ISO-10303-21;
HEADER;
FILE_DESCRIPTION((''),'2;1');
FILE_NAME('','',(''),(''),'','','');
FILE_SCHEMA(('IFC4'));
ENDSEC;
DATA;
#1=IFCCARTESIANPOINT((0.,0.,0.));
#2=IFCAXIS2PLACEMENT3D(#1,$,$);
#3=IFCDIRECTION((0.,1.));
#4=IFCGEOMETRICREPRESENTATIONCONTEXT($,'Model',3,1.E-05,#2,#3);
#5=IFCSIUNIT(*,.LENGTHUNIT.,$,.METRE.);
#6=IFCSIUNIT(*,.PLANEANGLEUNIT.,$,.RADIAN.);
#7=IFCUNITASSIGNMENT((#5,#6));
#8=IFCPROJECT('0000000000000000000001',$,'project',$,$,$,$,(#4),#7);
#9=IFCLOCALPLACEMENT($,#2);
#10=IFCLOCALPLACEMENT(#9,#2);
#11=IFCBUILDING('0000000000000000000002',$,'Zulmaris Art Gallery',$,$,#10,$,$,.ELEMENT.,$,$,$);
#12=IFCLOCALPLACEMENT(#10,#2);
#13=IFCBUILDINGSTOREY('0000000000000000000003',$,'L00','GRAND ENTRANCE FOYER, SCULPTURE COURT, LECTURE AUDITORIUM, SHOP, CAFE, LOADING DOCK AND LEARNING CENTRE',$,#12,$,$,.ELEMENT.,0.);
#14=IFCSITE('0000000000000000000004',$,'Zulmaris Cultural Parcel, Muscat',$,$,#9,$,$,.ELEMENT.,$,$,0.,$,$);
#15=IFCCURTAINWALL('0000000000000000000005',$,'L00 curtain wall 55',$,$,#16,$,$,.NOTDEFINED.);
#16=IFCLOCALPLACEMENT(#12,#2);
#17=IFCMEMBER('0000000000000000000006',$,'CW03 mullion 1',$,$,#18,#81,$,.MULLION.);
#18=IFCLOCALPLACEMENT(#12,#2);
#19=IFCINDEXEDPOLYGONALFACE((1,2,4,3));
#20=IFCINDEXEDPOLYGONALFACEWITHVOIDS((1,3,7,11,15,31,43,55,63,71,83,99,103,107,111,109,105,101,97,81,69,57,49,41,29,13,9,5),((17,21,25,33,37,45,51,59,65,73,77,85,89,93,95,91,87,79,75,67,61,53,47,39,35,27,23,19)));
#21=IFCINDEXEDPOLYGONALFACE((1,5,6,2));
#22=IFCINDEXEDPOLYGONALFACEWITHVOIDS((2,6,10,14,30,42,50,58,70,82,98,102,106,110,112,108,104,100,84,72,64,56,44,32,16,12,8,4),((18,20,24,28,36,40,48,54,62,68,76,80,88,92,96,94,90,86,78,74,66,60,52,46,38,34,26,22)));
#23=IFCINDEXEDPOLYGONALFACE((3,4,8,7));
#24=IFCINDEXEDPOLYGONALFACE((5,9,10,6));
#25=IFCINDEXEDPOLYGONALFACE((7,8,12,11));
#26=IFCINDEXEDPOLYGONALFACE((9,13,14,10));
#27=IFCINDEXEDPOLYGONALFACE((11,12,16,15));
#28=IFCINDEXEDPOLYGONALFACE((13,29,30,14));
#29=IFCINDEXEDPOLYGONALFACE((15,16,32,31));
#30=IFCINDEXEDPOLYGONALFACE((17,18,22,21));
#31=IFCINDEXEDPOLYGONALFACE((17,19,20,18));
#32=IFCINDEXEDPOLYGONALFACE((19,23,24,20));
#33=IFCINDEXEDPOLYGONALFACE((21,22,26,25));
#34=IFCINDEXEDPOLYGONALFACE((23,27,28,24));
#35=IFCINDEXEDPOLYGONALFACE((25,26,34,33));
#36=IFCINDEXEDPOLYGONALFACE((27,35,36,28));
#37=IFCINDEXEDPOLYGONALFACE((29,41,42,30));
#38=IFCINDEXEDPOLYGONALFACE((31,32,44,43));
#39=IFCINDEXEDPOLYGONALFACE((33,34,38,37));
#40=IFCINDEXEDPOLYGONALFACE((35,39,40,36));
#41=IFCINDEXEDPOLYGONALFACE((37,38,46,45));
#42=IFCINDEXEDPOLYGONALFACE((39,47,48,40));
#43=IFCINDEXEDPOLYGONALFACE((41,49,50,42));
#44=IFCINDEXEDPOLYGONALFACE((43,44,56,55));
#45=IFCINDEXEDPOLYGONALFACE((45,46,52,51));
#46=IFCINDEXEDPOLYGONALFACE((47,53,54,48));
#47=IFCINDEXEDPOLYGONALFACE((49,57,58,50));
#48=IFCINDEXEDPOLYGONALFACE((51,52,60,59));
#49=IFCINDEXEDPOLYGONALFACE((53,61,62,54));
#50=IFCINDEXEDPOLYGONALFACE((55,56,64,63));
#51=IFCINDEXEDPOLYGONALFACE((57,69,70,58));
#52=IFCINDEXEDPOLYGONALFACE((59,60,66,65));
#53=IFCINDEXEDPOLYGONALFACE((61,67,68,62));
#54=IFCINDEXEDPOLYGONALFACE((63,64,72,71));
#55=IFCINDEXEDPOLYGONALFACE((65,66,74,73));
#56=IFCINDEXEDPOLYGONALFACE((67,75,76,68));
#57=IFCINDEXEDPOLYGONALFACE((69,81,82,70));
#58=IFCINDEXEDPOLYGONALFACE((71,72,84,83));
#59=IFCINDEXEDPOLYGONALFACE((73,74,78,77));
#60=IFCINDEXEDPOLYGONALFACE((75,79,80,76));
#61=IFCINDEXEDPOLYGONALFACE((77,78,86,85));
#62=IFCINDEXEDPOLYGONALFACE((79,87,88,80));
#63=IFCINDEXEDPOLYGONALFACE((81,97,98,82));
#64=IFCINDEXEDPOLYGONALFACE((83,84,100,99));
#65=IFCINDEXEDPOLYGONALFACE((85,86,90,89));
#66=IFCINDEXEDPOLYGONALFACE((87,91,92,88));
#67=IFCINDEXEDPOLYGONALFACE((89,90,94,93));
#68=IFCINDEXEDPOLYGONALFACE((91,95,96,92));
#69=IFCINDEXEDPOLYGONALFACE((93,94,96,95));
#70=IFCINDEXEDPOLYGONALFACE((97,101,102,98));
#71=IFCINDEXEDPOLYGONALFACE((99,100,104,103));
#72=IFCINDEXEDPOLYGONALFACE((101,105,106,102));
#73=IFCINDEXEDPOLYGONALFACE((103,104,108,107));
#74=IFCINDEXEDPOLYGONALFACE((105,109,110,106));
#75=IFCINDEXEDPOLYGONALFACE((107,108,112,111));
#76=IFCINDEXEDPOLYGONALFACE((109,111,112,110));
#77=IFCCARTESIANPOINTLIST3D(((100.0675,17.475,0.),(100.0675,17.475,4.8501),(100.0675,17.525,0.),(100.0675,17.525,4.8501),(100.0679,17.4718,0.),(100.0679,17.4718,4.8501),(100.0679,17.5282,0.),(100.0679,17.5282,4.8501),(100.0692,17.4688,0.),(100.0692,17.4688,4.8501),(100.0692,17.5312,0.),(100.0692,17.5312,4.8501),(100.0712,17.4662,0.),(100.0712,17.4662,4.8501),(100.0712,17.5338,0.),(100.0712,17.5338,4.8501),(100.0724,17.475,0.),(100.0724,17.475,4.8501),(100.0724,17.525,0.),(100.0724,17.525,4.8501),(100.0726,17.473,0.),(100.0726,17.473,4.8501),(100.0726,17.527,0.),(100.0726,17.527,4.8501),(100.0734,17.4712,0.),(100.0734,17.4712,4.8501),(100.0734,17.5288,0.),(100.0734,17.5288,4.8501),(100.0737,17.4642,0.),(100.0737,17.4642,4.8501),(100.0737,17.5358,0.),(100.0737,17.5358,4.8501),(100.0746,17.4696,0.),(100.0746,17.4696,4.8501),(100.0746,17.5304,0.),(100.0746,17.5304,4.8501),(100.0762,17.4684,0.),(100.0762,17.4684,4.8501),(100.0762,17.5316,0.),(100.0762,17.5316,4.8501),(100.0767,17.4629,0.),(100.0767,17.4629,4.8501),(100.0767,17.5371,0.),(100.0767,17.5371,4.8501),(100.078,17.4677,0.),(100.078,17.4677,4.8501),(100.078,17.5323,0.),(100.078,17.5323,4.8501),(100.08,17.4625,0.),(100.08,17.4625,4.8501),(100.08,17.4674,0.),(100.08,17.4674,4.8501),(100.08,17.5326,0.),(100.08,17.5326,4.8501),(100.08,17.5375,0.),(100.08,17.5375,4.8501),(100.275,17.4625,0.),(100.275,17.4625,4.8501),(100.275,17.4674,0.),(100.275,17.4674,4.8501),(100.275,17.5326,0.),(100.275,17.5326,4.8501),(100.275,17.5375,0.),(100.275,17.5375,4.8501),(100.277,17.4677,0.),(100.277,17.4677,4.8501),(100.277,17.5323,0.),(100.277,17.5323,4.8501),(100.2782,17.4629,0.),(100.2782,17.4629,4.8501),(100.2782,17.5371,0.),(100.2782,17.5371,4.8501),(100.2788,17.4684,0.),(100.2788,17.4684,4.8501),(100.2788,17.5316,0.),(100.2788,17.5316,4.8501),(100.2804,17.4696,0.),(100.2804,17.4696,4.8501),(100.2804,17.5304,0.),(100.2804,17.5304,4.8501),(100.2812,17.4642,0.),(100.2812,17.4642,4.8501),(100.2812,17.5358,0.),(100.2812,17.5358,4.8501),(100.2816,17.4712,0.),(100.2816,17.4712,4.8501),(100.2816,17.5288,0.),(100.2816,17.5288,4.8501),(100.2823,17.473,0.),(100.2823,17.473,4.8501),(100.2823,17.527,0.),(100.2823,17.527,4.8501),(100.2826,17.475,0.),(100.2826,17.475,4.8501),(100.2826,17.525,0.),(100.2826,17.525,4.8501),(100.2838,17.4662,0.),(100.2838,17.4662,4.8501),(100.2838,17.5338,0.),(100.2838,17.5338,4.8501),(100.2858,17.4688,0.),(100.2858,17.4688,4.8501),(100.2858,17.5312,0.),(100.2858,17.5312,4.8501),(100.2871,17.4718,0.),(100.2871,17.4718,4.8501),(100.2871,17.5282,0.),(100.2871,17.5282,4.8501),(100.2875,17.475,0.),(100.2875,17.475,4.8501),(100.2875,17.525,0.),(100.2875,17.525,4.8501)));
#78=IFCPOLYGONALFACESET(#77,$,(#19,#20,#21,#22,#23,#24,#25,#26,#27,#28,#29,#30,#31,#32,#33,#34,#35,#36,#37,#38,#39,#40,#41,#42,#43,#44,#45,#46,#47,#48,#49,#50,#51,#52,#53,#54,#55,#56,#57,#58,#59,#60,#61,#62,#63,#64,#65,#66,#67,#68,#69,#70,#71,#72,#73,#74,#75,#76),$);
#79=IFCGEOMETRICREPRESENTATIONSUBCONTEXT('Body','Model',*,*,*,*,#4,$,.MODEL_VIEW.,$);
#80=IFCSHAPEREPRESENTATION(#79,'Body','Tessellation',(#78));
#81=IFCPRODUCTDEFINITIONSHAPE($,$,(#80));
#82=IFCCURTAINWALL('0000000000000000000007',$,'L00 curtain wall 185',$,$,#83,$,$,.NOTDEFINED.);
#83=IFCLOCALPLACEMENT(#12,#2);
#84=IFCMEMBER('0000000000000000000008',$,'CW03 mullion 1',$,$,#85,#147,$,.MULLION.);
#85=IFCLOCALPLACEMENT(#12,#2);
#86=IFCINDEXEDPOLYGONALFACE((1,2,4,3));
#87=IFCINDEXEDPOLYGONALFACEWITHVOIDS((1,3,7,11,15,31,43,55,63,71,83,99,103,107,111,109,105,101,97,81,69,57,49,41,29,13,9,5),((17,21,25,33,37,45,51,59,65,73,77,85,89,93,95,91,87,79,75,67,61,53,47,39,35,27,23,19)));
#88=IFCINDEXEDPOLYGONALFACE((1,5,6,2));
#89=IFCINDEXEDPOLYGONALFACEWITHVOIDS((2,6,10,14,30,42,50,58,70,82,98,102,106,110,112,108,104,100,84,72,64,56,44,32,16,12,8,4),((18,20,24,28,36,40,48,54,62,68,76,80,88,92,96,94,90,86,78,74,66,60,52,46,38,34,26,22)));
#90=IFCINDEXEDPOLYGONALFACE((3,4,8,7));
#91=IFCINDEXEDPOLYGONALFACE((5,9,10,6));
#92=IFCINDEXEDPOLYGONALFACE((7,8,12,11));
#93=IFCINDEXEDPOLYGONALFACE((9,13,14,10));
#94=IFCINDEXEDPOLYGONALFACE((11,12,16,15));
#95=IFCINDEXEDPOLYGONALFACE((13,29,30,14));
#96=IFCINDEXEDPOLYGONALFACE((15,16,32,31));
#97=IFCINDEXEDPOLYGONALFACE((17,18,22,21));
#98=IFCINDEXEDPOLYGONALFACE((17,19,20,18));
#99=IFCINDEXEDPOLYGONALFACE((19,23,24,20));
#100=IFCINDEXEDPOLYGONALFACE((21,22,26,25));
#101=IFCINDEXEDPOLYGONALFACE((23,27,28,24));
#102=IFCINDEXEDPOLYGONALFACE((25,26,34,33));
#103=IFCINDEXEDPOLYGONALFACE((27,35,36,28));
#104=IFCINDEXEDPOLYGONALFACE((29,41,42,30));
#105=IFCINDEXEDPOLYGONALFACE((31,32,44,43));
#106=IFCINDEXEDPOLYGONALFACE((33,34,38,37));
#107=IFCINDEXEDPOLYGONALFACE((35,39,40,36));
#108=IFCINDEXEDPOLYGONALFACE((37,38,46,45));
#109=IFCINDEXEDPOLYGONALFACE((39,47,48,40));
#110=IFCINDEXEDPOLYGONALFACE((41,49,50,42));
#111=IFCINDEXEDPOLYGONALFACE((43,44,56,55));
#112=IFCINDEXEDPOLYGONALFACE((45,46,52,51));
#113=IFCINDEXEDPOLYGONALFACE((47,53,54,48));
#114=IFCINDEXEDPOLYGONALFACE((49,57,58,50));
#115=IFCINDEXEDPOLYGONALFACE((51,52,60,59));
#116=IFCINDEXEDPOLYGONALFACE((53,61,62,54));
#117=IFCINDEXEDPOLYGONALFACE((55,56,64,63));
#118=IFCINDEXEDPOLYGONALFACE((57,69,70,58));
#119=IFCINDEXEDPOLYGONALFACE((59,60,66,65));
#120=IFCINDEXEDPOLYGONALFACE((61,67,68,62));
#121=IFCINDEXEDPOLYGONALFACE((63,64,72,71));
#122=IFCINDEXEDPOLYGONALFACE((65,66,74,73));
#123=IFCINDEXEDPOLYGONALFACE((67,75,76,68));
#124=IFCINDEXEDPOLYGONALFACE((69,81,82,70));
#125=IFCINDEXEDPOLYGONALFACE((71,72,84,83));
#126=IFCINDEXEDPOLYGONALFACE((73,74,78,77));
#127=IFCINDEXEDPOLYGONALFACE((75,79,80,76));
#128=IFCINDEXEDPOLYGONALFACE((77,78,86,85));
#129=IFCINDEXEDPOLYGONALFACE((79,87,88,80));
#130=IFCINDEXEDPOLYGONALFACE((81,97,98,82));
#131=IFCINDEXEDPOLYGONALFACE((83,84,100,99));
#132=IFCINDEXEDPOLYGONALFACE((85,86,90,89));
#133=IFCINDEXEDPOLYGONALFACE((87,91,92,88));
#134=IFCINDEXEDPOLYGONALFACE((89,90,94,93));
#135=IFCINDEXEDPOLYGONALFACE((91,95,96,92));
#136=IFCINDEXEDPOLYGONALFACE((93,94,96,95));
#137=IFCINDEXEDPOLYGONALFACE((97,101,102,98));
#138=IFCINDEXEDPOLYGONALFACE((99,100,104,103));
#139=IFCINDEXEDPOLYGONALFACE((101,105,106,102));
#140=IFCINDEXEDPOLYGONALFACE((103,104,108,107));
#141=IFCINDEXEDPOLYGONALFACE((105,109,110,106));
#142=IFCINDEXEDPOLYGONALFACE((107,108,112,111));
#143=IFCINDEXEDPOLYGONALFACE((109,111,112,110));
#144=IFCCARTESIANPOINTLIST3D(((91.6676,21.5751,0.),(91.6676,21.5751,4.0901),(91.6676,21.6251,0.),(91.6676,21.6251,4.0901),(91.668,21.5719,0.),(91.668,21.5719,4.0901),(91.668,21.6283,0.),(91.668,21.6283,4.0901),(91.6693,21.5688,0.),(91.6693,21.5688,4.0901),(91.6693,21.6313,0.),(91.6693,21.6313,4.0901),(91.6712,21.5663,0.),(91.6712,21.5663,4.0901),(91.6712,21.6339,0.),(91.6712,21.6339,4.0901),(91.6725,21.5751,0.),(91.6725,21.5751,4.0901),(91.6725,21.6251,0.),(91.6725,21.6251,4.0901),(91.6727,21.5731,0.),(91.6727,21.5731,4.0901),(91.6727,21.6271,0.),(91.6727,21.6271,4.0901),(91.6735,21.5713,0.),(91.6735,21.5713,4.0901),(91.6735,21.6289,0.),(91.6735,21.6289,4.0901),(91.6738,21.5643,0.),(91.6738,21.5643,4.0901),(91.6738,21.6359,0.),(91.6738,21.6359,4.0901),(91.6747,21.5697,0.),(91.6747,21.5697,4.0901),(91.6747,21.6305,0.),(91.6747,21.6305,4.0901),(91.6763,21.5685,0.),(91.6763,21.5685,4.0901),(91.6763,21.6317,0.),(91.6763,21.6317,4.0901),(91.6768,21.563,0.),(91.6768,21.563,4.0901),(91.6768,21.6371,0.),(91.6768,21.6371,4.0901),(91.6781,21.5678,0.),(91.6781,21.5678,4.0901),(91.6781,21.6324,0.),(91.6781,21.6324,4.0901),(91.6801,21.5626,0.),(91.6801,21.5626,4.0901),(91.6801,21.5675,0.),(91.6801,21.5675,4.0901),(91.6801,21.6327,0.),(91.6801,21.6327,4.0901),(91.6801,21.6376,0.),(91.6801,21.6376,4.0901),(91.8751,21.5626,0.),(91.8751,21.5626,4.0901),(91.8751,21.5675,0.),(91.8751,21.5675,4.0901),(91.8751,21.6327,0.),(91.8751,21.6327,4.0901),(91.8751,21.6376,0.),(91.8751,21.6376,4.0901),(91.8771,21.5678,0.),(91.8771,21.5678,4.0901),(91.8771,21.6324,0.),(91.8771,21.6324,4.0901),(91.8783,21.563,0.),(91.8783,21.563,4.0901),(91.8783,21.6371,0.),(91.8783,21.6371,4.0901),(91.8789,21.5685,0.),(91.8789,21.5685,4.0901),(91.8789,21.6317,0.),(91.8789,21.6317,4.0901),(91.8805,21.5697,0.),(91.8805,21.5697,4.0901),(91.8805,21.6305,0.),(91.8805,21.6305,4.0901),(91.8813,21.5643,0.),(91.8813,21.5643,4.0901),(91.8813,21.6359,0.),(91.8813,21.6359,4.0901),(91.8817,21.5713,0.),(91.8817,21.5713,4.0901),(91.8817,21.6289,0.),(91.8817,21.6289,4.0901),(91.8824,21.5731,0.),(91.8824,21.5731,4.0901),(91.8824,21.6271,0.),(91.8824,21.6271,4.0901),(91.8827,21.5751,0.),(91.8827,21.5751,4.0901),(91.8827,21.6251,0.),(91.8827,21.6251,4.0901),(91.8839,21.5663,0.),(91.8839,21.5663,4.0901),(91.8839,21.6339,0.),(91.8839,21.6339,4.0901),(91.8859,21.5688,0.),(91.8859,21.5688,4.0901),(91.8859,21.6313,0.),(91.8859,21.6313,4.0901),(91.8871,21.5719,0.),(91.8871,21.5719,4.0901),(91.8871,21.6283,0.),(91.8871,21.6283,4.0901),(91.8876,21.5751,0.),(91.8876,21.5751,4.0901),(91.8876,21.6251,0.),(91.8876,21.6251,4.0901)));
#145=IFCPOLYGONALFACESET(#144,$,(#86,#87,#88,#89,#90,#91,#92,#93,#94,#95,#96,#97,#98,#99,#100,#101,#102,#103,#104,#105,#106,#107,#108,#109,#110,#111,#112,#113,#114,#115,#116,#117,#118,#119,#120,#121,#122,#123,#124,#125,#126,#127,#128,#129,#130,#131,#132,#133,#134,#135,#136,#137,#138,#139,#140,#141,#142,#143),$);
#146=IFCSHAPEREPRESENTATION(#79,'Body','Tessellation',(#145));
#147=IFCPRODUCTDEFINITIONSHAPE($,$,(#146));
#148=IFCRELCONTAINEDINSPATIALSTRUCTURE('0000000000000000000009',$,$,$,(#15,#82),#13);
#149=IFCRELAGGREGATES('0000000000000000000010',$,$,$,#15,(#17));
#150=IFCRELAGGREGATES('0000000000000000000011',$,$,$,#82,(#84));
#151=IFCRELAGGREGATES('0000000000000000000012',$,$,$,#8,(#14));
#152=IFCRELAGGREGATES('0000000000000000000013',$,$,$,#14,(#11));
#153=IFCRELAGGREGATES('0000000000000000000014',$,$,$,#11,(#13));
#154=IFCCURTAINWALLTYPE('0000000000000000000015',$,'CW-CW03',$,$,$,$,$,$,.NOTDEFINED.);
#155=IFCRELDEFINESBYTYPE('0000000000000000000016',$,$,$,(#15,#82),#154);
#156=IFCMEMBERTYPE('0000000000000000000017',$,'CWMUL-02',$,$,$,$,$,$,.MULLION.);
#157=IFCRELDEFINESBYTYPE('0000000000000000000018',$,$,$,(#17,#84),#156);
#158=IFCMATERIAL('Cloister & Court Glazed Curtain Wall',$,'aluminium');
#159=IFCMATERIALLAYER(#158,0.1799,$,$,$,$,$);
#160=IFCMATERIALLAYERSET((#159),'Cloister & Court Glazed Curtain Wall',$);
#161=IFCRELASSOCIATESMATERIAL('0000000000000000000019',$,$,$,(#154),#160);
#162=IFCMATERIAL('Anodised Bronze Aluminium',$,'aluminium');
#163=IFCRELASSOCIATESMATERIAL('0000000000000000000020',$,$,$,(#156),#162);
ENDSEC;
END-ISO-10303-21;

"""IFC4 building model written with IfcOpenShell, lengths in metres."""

from ifc_helpers import new_model, si_unit, direction, frame, origin, origin_2d, place, context, subcontext, project, spatial, hollow_rectangle, extrude, material, layer, layer_set, material_profile, profile_set, type_object, element, aggregate, save


model = new_model("IFC4")

# Units and contexts
model_context = context("Model", 3, precision=1e-05, world=origin(), true_north=direction((0.0, 1.0)))
body_context = subcontext(model_context, "Body", "Model", "MODEL_VIEW")
ifc_project = project(units=[si_unit("LENGTHUNIT", "METRE"), si_unit("PLANEANGLEUNIT", "RADIAN")], contexts=[model_context])

# Site, building, storey
site_placement = place(None, origin())
site = spatial("IfcSite", under=ifc_project, at=site_placement, Name="Zulmaris Cultural Parcel, Muscat", CompositionType="ELEMENT", RefElevation=0.0)
building_placement = place(site_placement, origin())
building = spatial("IfcBuilding", under=site, at=building_placement, Name="Zulmaris Art Gallery", CompositionType="ELEMENT")
storey_placement = place(building_placement, origin())
storey = spatial("IfcBuildingStorey", under=building, at=storey_placement, Name="L00", Description="GRAND ENTRANCE FOYER, SCULPTURE COURT, LECTURE AUDITORIUM, SHOP, CAFE, LOADING DOCK AND LEARNING CENTRE", CompositionType="ELEMENT", Elevation=0.0)

# Curtain wall, member
ifc_material_1 = material(Name="Cloister & Court Glazed Curtain Wall", Category="aluminium")
ifc_layer_1 = layer(ifc_material_1, 0.1799)
ifc_layer_set_1 = layer_set([ifc_layer_1], Name="Cloister & Court Glazed Curtain Wall")
curtain_wall_type = type_object("IfcCurtainWallType", Name="CW-CW03", PredefinedType="NOTDEFINED", material=ifc_layer_set_1)
curtain_wall_1_placement = place(storey_placement, origin())
curtain_wall_1 = element("IfcCurtainWall", 1, at=curtain_wall_1_placement, inside=storey, type_object=curtain_wall_type, Name="L00 curtain wall 55", PredefinedType="NOTDEFINED")
ifc_material_2 = material(Name="Anodised Bronze Aluminium", Category="aluminium")
ifc_material_profile_1 = material_profile(ifc_material_2, hollow_rectangle(XDim=0.075, YDim=0.22, WallThickness=0.0049, InnerFilletRadius=0.0076, OuterFilletRadius=0.0125, at=origin_2d()), Name="ALU 75x220x5")
ifc_profile_set_1 = profile_set([ifc_material_profile_1], Name="Anodised Bronze Aluminium")
member_type_1 = type_object("IfcMemberType", Name="CWMUL-02", PredefinedType="MULLION", material=ifc_profile_set_1)
member_1_placement = place(storey_placement, frame((100.1775, 17.5, 0.0), z_axis=(0.0, 0.0, 1.0), x_axis=(0.0, 1.0, 0.0)))
member_1 = element("IfcMember", 2, at=member_1_placement, type_object=member_type_1, Name="CW03 mullion 1", PredefinedType="MULLION", context=body_context, shape_type="SweptSolid", body=[
    extrude(hollow_rectangle(XDim=0.075, YDim=0.22, WallThickness=0.0049, InnerFilletRadius=0.0076, OuterFilletRadius=0.0125, at=origin_2d()), origin(), (0.0, 0.0, 1.0), 4.8501),
])

# Curtain wall, member
curtain_wall_2_placement = place(storey_placement, origin())
curtain_wall_2 = element("IfcCurtainWall", 3, at=curtain_wall_2_placement, inside=storey, type_object=curtain_wall_type, Name="L00 curtain wall 185", PredefinedType="NOTDEFINED")
member_2_placement = place(storey_placement, frame((91.7776, 21.6001, 0.0), z_axis=(0.0, 0.0, 1.0), x_axis=(0.0, 1.0, 0.0)))
member_2 = element("IfcMember", 4, at=member_2_placement, type_object=member_type_1, Name="CW03 mullion 1", PredefinedType="MULLION", context=body_context, shape_type="SweptSolid", body=[
    extrude(hollow_rectangle(XDim=0.075, YDim=0.22, WallThickness=0.0049, InnerFilletRadius=0.0076, OuterFilletRadius=0.0125, at=origin_2d()), origin(), (0.0, 0.0, 1.0), 4.0901),
])

aggregate(curtain_wall_1, [member_1])

aggregate(curtain_wall_2, [member_2])

save(model, "model.ifc")
